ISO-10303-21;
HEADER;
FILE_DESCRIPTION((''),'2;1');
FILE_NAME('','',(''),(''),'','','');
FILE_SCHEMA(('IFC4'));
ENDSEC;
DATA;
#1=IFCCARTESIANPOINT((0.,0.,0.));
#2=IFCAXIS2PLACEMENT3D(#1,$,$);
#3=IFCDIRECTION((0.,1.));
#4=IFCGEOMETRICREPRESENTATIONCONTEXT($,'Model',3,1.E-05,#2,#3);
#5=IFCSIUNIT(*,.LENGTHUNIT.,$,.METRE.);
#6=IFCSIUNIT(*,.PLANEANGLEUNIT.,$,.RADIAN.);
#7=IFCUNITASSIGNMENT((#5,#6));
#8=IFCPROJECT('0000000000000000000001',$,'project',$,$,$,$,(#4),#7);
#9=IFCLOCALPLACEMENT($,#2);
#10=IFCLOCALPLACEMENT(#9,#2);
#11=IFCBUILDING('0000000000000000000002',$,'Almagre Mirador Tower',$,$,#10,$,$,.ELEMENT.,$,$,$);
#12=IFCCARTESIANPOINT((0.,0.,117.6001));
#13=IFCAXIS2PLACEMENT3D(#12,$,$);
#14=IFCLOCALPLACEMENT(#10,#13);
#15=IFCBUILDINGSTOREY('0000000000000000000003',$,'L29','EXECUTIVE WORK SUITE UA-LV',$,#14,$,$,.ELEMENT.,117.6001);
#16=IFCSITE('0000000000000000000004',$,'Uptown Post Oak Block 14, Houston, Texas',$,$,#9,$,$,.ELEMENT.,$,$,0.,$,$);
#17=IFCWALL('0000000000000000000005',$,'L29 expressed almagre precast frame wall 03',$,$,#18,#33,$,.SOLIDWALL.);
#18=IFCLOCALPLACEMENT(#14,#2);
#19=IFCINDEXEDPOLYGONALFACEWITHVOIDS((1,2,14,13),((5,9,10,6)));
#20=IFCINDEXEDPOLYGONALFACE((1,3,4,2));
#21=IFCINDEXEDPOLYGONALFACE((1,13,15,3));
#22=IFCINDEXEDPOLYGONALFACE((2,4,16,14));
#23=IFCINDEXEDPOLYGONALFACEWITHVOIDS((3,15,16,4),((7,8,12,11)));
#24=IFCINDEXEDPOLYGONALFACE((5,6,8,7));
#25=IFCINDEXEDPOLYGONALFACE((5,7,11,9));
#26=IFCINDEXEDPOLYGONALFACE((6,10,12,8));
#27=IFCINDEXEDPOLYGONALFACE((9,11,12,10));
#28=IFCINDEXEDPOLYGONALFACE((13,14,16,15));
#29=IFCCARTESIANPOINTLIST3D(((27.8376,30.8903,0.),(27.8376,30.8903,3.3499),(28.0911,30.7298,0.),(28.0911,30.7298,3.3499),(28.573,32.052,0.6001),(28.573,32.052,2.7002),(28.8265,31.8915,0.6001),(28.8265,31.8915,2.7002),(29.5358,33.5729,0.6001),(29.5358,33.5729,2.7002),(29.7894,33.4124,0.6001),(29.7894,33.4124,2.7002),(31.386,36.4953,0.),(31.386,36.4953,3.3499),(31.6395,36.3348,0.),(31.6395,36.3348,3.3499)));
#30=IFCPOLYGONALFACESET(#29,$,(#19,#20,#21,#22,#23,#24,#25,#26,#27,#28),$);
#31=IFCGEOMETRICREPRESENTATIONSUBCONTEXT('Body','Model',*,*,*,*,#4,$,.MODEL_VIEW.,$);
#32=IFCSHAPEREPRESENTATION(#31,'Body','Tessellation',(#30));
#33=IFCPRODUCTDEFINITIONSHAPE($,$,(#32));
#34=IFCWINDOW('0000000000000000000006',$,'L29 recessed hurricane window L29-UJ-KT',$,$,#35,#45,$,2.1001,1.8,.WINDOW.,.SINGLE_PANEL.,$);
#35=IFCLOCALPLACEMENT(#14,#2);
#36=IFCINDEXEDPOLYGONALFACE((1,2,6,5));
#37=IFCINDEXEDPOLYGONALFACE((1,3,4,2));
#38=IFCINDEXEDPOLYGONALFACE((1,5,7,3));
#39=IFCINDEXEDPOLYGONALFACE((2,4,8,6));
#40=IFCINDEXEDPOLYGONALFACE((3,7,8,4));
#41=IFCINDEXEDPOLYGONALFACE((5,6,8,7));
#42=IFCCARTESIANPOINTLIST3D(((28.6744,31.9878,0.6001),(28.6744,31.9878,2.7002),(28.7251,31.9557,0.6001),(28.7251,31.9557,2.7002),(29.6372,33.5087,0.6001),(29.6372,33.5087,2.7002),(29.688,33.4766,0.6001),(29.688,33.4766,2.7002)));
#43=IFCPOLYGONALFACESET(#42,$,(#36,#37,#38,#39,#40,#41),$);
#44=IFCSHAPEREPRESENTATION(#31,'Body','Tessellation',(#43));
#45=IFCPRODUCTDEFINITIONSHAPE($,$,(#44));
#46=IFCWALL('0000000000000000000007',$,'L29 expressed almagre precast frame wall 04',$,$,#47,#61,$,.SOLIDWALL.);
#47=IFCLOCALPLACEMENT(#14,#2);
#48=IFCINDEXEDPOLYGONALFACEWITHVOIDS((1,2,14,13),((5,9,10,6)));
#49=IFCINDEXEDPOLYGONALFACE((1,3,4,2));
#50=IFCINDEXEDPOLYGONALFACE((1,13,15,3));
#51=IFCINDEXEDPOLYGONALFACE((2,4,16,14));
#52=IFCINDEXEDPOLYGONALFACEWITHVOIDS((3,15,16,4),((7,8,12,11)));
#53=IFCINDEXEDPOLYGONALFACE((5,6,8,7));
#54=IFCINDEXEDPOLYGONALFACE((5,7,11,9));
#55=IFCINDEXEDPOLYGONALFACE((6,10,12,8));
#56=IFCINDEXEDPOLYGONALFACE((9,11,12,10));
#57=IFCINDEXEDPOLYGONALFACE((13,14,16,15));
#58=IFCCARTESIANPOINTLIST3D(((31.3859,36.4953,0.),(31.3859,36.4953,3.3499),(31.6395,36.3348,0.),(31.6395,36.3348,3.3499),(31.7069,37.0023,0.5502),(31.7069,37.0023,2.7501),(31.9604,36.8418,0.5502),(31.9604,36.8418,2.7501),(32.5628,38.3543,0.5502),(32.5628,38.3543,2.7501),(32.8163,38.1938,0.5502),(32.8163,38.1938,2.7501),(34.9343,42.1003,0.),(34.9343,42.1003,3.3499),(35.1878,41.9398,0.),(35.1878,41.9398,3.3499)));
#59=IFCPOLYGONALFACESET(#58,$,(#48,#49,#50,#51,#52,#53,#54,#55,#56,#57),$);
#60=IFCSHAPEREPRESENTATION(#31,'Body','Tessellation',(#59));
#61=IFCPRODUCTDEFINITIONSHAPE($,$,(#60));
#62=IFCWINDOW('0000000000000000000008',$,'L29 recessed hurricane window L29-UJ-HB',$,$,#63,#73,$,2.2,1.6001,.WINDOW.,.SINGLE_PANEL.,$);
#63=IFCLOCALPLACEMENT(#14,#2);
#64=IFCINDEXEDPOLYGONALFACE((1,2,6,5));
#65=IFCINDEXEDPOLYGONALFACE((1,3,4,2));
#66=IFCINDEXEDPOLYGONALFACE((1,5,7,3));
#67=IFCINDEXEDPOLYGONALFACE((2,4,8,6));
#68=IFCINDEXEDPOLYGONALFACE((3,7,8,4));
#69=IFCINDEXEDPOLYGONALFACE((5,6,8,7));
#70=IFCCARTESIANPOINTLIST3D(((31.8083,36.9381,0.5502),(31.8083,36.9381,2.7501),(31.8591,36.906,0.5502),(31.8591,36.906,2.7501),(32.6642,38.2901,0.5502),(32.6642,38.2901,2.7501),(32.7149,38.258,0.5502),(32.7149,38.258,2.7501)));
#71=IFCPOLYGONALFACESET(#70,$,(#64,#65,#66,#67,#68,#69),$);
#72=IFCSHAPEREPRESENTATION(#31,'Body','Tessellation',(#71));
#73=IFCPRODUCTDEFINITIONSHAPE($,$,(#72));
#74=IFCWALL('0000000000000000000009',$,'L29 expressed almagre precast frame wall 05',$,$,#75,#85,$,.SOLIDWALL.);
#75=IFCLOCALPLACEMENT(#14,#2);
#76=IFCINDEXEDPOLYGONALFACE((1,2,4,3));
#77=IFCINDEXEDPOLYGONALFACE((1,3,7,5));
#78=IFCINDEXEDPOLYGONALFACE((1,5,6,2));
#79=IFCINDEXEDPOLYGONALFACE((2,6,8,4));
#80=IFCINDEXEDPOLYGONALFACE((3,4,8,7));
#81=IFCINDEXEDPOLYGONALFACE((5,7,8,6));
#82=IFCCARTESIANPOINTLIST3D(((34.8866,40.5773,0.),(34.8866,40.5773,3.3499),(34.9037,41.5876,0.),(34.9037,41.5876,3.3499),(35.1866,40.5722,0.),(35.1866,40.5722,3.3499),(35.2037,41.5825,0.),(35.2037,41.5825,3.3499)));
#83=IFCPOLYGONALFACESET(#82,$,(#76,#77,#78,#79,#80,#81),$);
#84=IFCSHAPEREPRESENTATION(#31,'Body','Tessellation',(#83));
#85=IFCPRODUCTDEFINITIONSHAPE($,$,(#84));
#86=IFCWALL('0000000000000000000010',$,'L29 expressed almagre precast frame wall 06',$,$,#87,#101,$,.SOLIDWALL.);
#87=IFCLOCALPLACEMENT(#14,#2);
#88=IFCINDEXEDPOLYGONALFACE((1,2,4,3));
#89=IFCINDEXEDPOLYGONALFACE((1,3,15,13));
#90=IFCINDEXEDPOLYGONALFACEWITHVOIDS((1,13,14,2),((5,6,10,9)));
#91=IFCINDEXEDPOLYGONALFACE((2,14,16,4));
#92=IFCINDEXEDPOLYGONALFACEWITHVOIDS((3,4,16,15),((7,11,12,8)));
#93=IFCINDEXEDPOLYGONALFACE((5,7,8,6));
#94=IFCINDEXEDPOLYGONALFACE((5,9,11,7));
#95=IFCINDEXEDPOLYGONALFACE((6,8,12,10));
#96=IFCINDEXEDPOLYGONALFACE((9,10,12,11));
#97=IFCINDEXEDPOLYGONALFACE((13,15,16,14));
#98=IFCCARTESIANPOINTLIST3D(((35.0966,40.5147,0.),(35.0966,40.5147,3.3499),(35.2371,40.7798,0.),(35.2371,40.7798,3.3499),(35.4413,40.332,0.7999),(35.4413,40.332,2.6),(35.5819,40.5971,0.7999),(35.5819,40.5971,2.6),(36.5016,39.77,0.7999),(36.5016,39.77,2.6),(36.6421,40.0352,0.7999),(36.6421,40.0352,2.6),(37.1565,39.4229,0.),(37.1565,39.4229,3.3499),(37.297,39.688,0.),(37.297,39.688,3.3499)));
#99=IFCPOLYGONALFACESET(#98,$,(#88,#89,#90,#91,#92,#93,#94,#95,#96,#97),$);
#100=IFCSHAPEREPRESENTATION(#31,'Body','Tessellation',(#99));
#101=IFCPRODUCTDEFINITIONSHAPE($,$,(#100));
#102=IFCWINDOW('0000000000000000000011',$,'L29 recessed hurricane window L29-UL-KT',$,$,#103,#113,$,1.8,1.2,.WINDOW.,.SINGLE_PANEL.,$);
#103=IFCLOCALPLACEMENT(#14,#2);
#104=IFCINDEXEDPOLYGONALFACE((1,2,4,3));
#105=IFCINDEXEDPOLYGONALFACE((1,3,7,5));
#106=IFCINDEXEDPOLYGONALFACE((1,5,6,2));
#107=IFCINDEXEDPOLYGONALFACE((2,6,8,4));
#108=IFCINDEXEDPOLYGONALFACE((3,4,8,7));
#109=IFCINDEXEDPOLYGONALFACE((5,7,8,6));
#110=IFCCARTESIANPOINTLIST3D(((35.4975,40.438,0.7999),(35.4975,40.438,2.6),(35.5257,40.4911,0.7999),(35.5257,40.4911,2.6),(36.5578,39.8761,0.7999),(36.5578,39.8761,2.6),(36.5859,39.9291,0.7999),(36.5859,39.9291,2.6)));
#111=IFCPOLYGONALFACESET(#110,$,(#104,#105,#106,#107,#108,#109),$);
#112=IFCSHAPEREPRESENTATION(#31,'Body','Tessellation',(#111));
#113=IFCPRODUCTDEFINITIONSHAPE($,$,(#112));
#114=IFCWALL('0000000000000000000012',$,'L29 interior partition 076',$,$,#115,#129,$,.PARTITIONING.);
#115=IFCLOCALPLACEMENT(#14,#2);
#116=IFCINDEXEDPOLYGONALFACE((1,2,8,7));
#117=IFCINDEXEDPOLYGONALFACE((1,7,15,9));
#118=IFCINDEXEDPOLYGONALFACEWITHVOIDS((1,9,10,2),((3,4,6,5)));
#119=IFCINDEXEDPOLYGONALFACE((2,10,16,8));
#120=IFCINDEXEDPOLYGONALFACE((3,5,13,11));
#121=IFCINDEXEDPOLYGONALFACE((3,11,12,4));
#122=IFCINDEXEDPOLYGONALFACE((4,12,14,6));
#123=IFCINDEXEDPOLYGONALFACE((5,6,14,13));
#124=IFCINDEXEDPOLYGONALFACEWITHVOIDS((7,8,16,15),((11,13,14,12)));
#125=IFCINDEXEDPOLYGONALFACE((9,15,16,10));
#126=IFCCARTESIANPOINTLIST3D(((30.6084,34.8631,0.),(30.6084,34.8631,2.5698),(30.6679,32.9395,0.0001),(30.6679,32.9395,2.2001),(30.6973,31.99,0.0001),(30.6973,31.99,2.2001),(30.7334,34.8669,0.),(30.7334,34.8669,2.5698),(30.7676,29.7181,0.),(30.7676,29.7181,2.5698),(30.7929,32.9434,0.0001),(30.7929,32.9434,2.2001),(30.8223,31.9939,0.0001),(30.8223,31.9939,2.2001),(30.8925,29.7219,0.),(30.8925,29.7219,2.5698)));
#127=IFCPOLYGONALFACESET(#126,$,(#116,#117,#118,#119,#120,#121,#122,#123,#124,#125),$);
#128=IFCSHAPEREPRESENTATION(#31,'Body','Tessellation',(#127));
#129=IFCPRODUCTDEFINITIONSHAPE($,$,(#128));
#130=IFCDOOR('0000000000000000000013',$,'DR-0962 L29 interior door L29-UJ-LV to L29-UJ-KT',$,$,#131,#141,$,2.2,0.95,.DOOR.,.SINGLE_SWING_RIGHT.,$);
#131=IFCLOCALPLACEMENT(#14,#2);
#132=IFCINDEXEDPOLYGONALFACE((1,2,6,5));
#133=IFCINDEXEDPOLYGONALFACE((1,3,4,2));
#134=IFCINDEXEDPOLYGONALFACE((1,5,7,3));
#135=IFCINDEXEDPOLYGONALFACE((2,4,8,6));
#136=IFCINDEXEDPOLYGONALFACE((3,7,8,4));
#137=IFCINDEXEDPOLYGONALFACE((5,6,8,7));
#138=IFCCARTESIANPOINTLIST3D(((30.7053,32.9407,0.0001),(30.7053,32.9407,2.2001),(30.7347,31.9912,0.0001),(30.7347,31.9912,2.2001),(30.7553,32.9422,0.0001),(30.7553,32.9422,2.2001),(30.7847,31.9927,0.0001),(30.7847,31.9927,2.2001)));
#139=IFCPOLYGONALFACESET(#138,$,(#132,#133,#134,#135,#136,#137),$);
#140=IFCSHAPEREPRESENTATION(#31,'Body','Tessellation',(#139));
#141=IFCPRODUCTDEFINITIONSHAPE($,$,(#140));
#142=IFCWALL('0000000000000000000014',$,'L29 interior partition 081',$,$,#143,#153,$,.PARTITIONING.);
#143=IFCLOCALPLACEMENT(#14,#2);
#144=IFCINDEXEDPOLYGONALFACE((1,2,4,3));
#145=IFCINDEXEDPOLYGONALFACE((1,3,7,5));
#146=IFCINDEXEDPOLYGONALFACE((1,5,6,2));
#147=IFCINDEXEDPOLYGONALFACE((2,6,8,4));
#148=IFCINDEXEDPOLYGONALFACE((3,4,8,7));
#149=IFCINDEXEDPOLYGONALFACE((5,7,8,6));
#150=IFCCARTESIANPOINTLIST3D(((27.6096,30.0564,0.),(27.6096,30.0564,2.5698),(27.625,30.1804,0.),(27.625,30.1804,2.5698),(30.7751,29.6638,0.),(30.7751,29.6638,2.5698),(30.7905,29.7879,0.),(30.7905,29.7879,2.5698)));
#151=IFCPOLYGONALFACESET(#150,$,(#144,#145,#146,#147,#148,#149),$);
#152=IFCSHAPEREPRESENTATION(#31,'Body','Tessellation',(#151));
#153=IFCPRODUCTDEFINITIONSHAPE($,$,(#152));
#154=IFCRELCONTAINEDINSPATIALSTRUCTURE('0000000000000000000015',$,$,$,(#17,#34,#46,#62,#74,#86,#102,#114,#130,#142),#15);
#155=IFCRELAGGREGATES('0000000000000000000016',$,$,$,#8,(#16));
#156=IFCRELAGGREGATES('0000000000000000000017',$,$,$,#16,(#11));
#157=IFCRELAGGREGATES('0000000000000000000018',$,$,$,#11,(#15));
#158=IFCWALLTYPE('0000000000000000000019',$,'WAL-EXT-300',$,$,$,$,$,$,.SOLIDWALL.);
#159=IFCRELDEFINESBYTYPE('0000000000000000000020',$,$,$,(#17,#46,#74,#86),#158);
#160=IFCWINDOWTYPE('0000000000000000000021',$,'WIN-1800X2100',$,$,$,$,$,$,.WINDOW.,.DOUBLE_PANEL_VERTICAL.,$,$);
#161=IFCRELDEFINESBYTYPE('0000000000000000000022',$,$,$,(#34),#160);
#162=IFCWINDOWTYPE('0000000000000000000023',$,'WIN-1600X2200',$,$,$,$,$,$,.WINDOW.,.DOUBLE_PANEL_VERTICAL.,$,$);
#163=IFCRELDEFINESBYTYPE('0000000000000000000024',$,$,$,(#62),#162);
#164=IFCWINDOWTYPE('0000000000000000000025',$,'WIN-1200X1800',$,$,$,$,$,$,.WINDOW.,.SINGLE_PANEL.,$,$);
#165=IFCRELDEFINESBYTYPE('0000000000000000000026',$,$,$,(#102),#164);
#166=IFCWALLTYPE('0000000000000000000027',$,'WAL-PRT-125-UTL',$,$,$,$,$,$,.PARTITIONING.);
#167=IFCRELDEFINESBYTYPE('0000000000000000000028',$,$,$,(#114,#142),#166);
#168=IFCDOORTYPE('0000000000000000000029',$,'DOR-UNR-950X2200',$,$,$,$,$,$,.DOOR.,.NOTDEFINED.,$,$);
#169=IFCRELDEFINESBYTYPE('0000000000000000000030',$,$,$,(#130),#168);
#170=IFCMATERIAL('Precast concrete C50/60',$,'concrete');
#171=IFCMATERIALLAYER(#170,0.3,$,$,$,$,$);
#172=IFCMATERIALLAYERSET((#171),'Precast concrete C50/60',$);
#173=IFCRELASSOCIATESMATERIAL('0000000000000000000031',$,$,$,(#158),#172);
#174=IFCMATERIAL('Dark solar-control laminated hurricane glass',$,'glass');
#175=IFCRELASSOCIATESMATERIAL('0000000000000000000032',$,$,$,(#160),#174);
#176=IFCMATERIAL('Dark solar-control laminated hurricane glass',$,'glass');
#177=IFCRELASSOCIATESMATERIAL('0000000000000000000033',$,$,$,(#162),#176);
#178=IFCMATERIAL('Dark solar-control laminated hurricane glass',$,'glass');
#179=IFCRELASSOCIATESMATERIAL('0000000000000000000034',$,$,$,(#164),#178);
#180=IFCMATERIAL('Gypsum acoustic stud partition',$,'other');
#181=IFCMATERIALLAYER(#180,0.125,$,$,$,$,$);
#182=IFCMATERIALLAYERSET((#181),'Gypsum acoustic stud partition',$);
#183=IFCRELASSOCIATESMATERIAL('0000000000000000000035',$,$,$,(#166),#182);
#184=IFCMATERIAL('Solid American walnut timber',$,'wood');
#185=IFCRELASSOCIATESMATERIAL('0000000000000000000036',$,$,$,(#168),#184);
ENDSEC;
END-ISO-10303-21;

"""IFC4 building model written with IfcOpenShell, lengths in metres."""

from ifc_helpers import new_model, si_unit, direction, frame, frame_2d, origin, place, context, subcontext, project, spatial, rectangle, extrude, material, layer, layer_set, type_object, element, fill, save


model = new_model("IFC4")

# Units and contexts
model_context = context("Model", 3, precision=1e-05, world=origin(), true_north=direction((0.0, 1.0)))
body_context = subcontext(model_context, "Body", "Model", "MODEL_VIEW")
ifc_project = project(units=[si_unit("LENGTHUNIT", "METRE"), si_unit("PLANEANGLEUNIT", "RADIAN")], contexts=[model_context])

# Site, building, storey
site_placement = place(None, origin())
site = spatial("IfcSite", under=ifc_project, at=site_placement, Name="Uptown Post Oak Block 14, Houston, Texas", CompositionType="ELEMENT", RefElevation=0.0)
building_placement = place(site_placement, origin())
building = spatial("IfcBuilding", under=site, at=building_placement, Name="Almagre Mirador Tower", CompositionType="ELEMENT")
storey_placement = place(building_placement, frame((0.0, 0.0, 117.6001)))
storey = spatial("IfcBuildingStorey", under=building, at=storey_placement, Name="L29", Description="EXECUTIVE WORK SUITE UA-LV", CompositionType="ELEMENT", Elevation=117.6001)

# Walls, openings, windows
ifc_material_1 = material(Name="Precast concrete C50/60", Category="concrete")
ifc_layer_1 = layer(ifc_material_1, 0.3)
ifc_layer_set_1 = layer_set([ifc_layer_1], Name="Precast concrete C50/60")
wall_type_1 = type_object("IfcWallType", Name="WAL-EXT-300", PredefinedType="SOLIDWALL", material=ifc_layer_set_1)
wall_1_placement = place(storey_placement, frame((27.9644, 30.8101, 0.0), z_axis=(0.0, 0.0, 1.0), x_axis=(0.534893, 0.84492, 0.0)))
wall_1 = element("IfcWall", 1, at=wall_1_placement, inside=storey, type_object=wall_type_1, Name="L29 expressed almagre precast frame wall 03", PredefinedType="SOLIDWALL", context=body_context, shape_type="SweptSolid", body=[
    extrude(rectangle(XDim=6.6338, YDim=0.3, at=frame_2d((3.3169, 0.0))), origin(), (0.0, 0.0, 1.0), 3.3499),
])
opening_1_placement = place(wall_1_placement, frame((1.375, 0.0, 0.6001)))
opening_1 = element("IfcOpeningElement", 2, at=opening_1_placement, cuts=wall_1, PredefinedType="OPENING", context=body_context, shape_type="SweptSolid", body=[
    extrude(rectangle(XDim=1.8, YDim=2.1001, at=frame_2d((0.8999, 1.05))), frame((0.0, 0.1599, 0.0), z_axis=(0.0, -1.0, 0.0), x_axis=(1.0, 0.0, 0.0)), (0.0, 0.0, 1.0), 0.32),
])
ifc_material_2 = material(Name="Dark solar-control laminated hurricane glass", Category="glass")
window_type_1 = type_object("IfcWindowType", Name="WIN-1800X2100", PartitioningType="DOUBLE_PANEL_VERTICAL", PredefinedType="WINDOW", material=ifc_material_2)
window_1_placement = place(opening_1_placement, origin())
window_1 = element("IfcWindow", 3, at=window_1_placement, inside=storey, type_object=window_type_1, Name="L29 recessed hurricane window L29-UJ-KT", OverallHeight=2.1001, OverallWidth=1.8, PartitioningType="SINGLE_PANEL", PredefinedType="WINDOW", context=body_context, shape_type="SweptSolid", body=[
    extrude(rectangle(XDim=1.8, YDim=2.1001, at=frame_2d((0.8999, 1.05))), frame((0.0, 0.03, 0.0), z_axis=(0.0, -1.0, 0.0), x_axis=(1.0, 0.0, 0.0)), (0.0, 0.0, 1.0), 0.0601),
])
fill(opening_1, window_1)
wall_2_placement = place(storey_placement, frame((31.5127, 36.415, 0.0), z_axis=(0.0, 0.0, 1.0), x_axis=(0.534893, 0.84492, 0.0)))
wall_2 = element("IfcWall", 4, at=wall_2_placement, inside=storey, type_object=wall_type_1, Name="L29 expressed almagre precast frame wall 04", PredefinedType="SOLIDWALL", context=body_context, shape_type="SweptSolid", body=[
    extrude(rectangle(XDim=6.6338, YDim=0.3, at=frame_2d((3.3169, 0.0))), origin(), (0.0, 0.0, 1.0), 3.3499),
])
opening_2_placement = place(wall_2_placement, frame((0.6001, 0.0, 0.55)))
opening_2 = element("IfcOpeningElement", 5, at=opening_2_placement, cuts=wall_2, PredefinedType="OPENING", context=body_context, shape_type="SweptSolid", body=[
    extrude(rectangle(XDim=1.6001, YDim=2.2, at=frame_2d((0.8, 1.1001))), frame((0.0, 0.1599, 0.0), z_axis=(0.0, -1.0, 0.0), x_axis=(1.0, 0.0, 0.0)), (0.0, 0.0, 1.0), 0.32),
])
ifc_material_3 = material(Name="Dark solar-control laminated hurricane glass", Category="glass")
window_type_2 = type_object("IfcWindowType", Name="WIN-1600X2200", PartitioningType="DOUBLE_PANEL_VERTICAL", PredefinedType="WINDOW", material=ifc_material_3)
window_2_placement = place(opening_2_placement, origin())
window_2 = element("IfcWindow", 6, at=window_2_placement, inside=storey, type_object=window_type_2, Name="L29 recessed hurricane window L29-UJ-HB", OverallHeight=2.2, OverallWidth=1.6001, PartitioningType="SINGLE_PANEL", PredefinedType="WINDOW", context=body_context, shape_type="SweptSolid", body=[
    extrude(rectangle(XDim=1.6001, YDim=2.2, at=frame_2d((0.8, 1.1001))), frame((0.0, 0.03, 0.0), z_axis=(0.0, -1.0, 0.0), x_axis=(1.0, 0.0, 0.0)), (0.0, 0.0, 1.0), 0.0601),
])
fill(opening_2, window_2)

# Wall
wall_3_placement = place(storey_placement, frame((35.0537, 41.5852, 0.0), z_axis=(0.0, 0.0, 1.0), x_axis=(-0.016914, -0.999857, 0.0)))
element("IfcWall", 7, at=wall_3_placement, inside=storey, type_object=wall_type_1, Name="L29 expressed almagre precast frame wall 05", PredefinedType="SOLIDWALL", context=body_context, shape_type="SweptSolid", body=[
    extrude(rectangle(XDim=1.0105, YDim=0.3, at=frame_2d((0.5054, 0.0))), origin(), (0.0, 0.0, 1.0), 3.3499),
])

# Wall, opening, window
wall_4_placement = place(storey_placement, frame((35.167, 40.6472, 0.0), z_axis=(0.0, 0.0, 1.0), x_axis=(0.883556, -0.468326, 0.0)))
wall_4 = element("IfcWall", 8, at=wall_4_placement, inside=storey, type_object=wall_type_1, Name="L29 expressed almagre precast frame wall 06", PredefinedType="SOLIDWALL", context=body_context, shape_type="SweptSolid", body=[
    extrude(rectangle(XDim=2.3313, YDim=0.3, at=frame_2d((1.1655, 0.0))), origin(), (0.0, 0.0, 1.0), 3.3499),
])
opening_3_placement = place(wall_4_placement, frame((0.3899, 0.0, 0.8)))
opening_3 = element("IfcOpeningElement", 9, at=opening_3_placement, cuts=wall_4, PredefinedType="OPENING", context=body_context, shape_type="SweptSolid", body=[
    extrude(rectangle(XDim=1.2, YDim=1.8, at=frame_2d((0.6001, 0.8999))), frame((0.0, 0.1599, 0.0), z_axis=(0.0, -1.0, 0.0), x_axis=(1.0, 0.0, 0.0)), (0.0, 0.0, 1.0), 0.32),
])
ifc_material_4 = material(Name="Dark solar-control laminated hurricane glass", Category="glass")
window_type_3 = type_object("IfcWindowType", Name="WIN-1200X1800", PartitioningType="SINGLE_PANEL", PredefinedType="WINDOW", material=ifc_material_4)
window_3_placement = place(opening_3_placement, origin())
window_3 = element("IfcWindow", 10, at=window_3_placement, inside=storey, type_object=window_type_3, Name="L29 recessed hurricane window L29-UL-KT", OverallHeight=1.8, OverallWidth=1.2, PartitioningType="SINGLE_PANEL", PredefinedType="WINDOW", context=body_context, shape_type="SweptSolid", body=[
    extrude(rectangle(XDim=1.2, YDim=1.8, at=frame_2d((0.6001, 0.8999))), frame((0.0, 0.03, 0.0), z_axis=(0.0, -1.0, 0.0), x_axis=(1.0, 0.0, 0.0)), (0.0, 0.0, 1.0), 0.0601),
])
fill(opening_3, window_3)

# Wall, opening, door
ifc_material_5 = material(Name="Gypsum acoustic stud partition", Category="other")
ifc_layer_2 = layer(ifc_material_5, 0.125)
ifc_layer_set_2 = layer_set([ifc_layer_2], Name="Gypsum acoustic stud partition")
wall_type_2 = type_object("IfcWallType", Name="WAL-PRT-125-UTL", PredefinedType="PARTITIONING", material=ifc_layer_set_2)
wall_5_placement = place(storey_placement, frame((30.6709, 34.865, 0.0), z_axis=(0.0, 0.0, 1.0), x_axis=(0.030924, -0.999522, 0.0)))
wall_5 = element("IfcWall", 11, at=wall_5_placement, inside=storey, type_object=wall_type_2, Name="L29 interior partition 076", PredefinedType="PARTITIONING", context=body_context, shape_type="SweptSolid", body=[
    extrude(rectangle(XDim=5.1475, YDim=0.125, at=frame_2d((2.5737, 0.0))), origin(), (0.0, 0.0, 1.0), 2.5698),
])
opening_4_placement = place(wall_5_placement, frame((1.9243, 0.0, 0.0)))
opening_4 = element("IfcOpeningElement", 12, at=opening_4_placement, cuts=wall_5, PredefinedType="OPENING", context=body_context, shape_type="SweptSolid", body=[
    extrude(rectangle(XDim=0.95, YDim=2.2, at=frame_2d((0.4751, 1.1001))), frame((0.0, 0.0725, 0.0), z_axis=(0.0, -1.0, 0.0), x_axis=(1.0, 0.0, 0.0)), (0.0, 0.0, 1.0), 0.145),
])
ifc_material_6 = material(Name="Solid American walnut timber", Category="wood")
door_type_1 = type_object("IfcDoorType", Name="DOR-UNR-950X2200", OperationType="NOTDEFINED", PredefinedType="DOOR", material=ifc_material_6)
door_1_placement = place(opening_4_placement, origin())
door_1 = element("IfcDoor", 13, at=door_1_placement, inside=storey, type_object=door_type_1, Name="DR-0962 L29 interior door L29-UJ-LV to L29-UJ-KT", OperationType="SINGLE_SWING_RIGHT", OverallHeight=2.2, OverallWidth=0.95, PredefinedType="DOOR", context=body_context, shape_type="SweptSolid", body=[
    extrude(rectangle(XDim=0.95, YDim=2.2, at=frame_2d((0.4751, 1.1001))), frame((0.0, 0.0249, 0.0), z_axis=(0.0, -1.0, 0.0), x_axis=(1.0, 0.0, 0.0)), (0.0, 0.0, 1.0), 0.05),
])
fill(opening_4, door_1)

# Wall
wall_6_placement = place(storey_placement, frame((27.6174, 30.1184, 0.0), z_axis=(0.0, 0.0, 1.0), x_axis=(0.992398, -0.123074, 0.0)))
element("IfcWall", 14, at=wall_6_placement, inside=storey, type_object=wall_type_2, Name="L29 interior partition 081", PredefinedType="PARTITIONING", context=body_context, shape_type="SweptSolid", body=[
    extrude(rectangle(XDim=3.1897, YDim=0.125, at=frame_2d((1.5947, 0.0))), origin(), (0.0, 0.0, 1.0), 2.5698),
])

save(model, "model.ifc")
